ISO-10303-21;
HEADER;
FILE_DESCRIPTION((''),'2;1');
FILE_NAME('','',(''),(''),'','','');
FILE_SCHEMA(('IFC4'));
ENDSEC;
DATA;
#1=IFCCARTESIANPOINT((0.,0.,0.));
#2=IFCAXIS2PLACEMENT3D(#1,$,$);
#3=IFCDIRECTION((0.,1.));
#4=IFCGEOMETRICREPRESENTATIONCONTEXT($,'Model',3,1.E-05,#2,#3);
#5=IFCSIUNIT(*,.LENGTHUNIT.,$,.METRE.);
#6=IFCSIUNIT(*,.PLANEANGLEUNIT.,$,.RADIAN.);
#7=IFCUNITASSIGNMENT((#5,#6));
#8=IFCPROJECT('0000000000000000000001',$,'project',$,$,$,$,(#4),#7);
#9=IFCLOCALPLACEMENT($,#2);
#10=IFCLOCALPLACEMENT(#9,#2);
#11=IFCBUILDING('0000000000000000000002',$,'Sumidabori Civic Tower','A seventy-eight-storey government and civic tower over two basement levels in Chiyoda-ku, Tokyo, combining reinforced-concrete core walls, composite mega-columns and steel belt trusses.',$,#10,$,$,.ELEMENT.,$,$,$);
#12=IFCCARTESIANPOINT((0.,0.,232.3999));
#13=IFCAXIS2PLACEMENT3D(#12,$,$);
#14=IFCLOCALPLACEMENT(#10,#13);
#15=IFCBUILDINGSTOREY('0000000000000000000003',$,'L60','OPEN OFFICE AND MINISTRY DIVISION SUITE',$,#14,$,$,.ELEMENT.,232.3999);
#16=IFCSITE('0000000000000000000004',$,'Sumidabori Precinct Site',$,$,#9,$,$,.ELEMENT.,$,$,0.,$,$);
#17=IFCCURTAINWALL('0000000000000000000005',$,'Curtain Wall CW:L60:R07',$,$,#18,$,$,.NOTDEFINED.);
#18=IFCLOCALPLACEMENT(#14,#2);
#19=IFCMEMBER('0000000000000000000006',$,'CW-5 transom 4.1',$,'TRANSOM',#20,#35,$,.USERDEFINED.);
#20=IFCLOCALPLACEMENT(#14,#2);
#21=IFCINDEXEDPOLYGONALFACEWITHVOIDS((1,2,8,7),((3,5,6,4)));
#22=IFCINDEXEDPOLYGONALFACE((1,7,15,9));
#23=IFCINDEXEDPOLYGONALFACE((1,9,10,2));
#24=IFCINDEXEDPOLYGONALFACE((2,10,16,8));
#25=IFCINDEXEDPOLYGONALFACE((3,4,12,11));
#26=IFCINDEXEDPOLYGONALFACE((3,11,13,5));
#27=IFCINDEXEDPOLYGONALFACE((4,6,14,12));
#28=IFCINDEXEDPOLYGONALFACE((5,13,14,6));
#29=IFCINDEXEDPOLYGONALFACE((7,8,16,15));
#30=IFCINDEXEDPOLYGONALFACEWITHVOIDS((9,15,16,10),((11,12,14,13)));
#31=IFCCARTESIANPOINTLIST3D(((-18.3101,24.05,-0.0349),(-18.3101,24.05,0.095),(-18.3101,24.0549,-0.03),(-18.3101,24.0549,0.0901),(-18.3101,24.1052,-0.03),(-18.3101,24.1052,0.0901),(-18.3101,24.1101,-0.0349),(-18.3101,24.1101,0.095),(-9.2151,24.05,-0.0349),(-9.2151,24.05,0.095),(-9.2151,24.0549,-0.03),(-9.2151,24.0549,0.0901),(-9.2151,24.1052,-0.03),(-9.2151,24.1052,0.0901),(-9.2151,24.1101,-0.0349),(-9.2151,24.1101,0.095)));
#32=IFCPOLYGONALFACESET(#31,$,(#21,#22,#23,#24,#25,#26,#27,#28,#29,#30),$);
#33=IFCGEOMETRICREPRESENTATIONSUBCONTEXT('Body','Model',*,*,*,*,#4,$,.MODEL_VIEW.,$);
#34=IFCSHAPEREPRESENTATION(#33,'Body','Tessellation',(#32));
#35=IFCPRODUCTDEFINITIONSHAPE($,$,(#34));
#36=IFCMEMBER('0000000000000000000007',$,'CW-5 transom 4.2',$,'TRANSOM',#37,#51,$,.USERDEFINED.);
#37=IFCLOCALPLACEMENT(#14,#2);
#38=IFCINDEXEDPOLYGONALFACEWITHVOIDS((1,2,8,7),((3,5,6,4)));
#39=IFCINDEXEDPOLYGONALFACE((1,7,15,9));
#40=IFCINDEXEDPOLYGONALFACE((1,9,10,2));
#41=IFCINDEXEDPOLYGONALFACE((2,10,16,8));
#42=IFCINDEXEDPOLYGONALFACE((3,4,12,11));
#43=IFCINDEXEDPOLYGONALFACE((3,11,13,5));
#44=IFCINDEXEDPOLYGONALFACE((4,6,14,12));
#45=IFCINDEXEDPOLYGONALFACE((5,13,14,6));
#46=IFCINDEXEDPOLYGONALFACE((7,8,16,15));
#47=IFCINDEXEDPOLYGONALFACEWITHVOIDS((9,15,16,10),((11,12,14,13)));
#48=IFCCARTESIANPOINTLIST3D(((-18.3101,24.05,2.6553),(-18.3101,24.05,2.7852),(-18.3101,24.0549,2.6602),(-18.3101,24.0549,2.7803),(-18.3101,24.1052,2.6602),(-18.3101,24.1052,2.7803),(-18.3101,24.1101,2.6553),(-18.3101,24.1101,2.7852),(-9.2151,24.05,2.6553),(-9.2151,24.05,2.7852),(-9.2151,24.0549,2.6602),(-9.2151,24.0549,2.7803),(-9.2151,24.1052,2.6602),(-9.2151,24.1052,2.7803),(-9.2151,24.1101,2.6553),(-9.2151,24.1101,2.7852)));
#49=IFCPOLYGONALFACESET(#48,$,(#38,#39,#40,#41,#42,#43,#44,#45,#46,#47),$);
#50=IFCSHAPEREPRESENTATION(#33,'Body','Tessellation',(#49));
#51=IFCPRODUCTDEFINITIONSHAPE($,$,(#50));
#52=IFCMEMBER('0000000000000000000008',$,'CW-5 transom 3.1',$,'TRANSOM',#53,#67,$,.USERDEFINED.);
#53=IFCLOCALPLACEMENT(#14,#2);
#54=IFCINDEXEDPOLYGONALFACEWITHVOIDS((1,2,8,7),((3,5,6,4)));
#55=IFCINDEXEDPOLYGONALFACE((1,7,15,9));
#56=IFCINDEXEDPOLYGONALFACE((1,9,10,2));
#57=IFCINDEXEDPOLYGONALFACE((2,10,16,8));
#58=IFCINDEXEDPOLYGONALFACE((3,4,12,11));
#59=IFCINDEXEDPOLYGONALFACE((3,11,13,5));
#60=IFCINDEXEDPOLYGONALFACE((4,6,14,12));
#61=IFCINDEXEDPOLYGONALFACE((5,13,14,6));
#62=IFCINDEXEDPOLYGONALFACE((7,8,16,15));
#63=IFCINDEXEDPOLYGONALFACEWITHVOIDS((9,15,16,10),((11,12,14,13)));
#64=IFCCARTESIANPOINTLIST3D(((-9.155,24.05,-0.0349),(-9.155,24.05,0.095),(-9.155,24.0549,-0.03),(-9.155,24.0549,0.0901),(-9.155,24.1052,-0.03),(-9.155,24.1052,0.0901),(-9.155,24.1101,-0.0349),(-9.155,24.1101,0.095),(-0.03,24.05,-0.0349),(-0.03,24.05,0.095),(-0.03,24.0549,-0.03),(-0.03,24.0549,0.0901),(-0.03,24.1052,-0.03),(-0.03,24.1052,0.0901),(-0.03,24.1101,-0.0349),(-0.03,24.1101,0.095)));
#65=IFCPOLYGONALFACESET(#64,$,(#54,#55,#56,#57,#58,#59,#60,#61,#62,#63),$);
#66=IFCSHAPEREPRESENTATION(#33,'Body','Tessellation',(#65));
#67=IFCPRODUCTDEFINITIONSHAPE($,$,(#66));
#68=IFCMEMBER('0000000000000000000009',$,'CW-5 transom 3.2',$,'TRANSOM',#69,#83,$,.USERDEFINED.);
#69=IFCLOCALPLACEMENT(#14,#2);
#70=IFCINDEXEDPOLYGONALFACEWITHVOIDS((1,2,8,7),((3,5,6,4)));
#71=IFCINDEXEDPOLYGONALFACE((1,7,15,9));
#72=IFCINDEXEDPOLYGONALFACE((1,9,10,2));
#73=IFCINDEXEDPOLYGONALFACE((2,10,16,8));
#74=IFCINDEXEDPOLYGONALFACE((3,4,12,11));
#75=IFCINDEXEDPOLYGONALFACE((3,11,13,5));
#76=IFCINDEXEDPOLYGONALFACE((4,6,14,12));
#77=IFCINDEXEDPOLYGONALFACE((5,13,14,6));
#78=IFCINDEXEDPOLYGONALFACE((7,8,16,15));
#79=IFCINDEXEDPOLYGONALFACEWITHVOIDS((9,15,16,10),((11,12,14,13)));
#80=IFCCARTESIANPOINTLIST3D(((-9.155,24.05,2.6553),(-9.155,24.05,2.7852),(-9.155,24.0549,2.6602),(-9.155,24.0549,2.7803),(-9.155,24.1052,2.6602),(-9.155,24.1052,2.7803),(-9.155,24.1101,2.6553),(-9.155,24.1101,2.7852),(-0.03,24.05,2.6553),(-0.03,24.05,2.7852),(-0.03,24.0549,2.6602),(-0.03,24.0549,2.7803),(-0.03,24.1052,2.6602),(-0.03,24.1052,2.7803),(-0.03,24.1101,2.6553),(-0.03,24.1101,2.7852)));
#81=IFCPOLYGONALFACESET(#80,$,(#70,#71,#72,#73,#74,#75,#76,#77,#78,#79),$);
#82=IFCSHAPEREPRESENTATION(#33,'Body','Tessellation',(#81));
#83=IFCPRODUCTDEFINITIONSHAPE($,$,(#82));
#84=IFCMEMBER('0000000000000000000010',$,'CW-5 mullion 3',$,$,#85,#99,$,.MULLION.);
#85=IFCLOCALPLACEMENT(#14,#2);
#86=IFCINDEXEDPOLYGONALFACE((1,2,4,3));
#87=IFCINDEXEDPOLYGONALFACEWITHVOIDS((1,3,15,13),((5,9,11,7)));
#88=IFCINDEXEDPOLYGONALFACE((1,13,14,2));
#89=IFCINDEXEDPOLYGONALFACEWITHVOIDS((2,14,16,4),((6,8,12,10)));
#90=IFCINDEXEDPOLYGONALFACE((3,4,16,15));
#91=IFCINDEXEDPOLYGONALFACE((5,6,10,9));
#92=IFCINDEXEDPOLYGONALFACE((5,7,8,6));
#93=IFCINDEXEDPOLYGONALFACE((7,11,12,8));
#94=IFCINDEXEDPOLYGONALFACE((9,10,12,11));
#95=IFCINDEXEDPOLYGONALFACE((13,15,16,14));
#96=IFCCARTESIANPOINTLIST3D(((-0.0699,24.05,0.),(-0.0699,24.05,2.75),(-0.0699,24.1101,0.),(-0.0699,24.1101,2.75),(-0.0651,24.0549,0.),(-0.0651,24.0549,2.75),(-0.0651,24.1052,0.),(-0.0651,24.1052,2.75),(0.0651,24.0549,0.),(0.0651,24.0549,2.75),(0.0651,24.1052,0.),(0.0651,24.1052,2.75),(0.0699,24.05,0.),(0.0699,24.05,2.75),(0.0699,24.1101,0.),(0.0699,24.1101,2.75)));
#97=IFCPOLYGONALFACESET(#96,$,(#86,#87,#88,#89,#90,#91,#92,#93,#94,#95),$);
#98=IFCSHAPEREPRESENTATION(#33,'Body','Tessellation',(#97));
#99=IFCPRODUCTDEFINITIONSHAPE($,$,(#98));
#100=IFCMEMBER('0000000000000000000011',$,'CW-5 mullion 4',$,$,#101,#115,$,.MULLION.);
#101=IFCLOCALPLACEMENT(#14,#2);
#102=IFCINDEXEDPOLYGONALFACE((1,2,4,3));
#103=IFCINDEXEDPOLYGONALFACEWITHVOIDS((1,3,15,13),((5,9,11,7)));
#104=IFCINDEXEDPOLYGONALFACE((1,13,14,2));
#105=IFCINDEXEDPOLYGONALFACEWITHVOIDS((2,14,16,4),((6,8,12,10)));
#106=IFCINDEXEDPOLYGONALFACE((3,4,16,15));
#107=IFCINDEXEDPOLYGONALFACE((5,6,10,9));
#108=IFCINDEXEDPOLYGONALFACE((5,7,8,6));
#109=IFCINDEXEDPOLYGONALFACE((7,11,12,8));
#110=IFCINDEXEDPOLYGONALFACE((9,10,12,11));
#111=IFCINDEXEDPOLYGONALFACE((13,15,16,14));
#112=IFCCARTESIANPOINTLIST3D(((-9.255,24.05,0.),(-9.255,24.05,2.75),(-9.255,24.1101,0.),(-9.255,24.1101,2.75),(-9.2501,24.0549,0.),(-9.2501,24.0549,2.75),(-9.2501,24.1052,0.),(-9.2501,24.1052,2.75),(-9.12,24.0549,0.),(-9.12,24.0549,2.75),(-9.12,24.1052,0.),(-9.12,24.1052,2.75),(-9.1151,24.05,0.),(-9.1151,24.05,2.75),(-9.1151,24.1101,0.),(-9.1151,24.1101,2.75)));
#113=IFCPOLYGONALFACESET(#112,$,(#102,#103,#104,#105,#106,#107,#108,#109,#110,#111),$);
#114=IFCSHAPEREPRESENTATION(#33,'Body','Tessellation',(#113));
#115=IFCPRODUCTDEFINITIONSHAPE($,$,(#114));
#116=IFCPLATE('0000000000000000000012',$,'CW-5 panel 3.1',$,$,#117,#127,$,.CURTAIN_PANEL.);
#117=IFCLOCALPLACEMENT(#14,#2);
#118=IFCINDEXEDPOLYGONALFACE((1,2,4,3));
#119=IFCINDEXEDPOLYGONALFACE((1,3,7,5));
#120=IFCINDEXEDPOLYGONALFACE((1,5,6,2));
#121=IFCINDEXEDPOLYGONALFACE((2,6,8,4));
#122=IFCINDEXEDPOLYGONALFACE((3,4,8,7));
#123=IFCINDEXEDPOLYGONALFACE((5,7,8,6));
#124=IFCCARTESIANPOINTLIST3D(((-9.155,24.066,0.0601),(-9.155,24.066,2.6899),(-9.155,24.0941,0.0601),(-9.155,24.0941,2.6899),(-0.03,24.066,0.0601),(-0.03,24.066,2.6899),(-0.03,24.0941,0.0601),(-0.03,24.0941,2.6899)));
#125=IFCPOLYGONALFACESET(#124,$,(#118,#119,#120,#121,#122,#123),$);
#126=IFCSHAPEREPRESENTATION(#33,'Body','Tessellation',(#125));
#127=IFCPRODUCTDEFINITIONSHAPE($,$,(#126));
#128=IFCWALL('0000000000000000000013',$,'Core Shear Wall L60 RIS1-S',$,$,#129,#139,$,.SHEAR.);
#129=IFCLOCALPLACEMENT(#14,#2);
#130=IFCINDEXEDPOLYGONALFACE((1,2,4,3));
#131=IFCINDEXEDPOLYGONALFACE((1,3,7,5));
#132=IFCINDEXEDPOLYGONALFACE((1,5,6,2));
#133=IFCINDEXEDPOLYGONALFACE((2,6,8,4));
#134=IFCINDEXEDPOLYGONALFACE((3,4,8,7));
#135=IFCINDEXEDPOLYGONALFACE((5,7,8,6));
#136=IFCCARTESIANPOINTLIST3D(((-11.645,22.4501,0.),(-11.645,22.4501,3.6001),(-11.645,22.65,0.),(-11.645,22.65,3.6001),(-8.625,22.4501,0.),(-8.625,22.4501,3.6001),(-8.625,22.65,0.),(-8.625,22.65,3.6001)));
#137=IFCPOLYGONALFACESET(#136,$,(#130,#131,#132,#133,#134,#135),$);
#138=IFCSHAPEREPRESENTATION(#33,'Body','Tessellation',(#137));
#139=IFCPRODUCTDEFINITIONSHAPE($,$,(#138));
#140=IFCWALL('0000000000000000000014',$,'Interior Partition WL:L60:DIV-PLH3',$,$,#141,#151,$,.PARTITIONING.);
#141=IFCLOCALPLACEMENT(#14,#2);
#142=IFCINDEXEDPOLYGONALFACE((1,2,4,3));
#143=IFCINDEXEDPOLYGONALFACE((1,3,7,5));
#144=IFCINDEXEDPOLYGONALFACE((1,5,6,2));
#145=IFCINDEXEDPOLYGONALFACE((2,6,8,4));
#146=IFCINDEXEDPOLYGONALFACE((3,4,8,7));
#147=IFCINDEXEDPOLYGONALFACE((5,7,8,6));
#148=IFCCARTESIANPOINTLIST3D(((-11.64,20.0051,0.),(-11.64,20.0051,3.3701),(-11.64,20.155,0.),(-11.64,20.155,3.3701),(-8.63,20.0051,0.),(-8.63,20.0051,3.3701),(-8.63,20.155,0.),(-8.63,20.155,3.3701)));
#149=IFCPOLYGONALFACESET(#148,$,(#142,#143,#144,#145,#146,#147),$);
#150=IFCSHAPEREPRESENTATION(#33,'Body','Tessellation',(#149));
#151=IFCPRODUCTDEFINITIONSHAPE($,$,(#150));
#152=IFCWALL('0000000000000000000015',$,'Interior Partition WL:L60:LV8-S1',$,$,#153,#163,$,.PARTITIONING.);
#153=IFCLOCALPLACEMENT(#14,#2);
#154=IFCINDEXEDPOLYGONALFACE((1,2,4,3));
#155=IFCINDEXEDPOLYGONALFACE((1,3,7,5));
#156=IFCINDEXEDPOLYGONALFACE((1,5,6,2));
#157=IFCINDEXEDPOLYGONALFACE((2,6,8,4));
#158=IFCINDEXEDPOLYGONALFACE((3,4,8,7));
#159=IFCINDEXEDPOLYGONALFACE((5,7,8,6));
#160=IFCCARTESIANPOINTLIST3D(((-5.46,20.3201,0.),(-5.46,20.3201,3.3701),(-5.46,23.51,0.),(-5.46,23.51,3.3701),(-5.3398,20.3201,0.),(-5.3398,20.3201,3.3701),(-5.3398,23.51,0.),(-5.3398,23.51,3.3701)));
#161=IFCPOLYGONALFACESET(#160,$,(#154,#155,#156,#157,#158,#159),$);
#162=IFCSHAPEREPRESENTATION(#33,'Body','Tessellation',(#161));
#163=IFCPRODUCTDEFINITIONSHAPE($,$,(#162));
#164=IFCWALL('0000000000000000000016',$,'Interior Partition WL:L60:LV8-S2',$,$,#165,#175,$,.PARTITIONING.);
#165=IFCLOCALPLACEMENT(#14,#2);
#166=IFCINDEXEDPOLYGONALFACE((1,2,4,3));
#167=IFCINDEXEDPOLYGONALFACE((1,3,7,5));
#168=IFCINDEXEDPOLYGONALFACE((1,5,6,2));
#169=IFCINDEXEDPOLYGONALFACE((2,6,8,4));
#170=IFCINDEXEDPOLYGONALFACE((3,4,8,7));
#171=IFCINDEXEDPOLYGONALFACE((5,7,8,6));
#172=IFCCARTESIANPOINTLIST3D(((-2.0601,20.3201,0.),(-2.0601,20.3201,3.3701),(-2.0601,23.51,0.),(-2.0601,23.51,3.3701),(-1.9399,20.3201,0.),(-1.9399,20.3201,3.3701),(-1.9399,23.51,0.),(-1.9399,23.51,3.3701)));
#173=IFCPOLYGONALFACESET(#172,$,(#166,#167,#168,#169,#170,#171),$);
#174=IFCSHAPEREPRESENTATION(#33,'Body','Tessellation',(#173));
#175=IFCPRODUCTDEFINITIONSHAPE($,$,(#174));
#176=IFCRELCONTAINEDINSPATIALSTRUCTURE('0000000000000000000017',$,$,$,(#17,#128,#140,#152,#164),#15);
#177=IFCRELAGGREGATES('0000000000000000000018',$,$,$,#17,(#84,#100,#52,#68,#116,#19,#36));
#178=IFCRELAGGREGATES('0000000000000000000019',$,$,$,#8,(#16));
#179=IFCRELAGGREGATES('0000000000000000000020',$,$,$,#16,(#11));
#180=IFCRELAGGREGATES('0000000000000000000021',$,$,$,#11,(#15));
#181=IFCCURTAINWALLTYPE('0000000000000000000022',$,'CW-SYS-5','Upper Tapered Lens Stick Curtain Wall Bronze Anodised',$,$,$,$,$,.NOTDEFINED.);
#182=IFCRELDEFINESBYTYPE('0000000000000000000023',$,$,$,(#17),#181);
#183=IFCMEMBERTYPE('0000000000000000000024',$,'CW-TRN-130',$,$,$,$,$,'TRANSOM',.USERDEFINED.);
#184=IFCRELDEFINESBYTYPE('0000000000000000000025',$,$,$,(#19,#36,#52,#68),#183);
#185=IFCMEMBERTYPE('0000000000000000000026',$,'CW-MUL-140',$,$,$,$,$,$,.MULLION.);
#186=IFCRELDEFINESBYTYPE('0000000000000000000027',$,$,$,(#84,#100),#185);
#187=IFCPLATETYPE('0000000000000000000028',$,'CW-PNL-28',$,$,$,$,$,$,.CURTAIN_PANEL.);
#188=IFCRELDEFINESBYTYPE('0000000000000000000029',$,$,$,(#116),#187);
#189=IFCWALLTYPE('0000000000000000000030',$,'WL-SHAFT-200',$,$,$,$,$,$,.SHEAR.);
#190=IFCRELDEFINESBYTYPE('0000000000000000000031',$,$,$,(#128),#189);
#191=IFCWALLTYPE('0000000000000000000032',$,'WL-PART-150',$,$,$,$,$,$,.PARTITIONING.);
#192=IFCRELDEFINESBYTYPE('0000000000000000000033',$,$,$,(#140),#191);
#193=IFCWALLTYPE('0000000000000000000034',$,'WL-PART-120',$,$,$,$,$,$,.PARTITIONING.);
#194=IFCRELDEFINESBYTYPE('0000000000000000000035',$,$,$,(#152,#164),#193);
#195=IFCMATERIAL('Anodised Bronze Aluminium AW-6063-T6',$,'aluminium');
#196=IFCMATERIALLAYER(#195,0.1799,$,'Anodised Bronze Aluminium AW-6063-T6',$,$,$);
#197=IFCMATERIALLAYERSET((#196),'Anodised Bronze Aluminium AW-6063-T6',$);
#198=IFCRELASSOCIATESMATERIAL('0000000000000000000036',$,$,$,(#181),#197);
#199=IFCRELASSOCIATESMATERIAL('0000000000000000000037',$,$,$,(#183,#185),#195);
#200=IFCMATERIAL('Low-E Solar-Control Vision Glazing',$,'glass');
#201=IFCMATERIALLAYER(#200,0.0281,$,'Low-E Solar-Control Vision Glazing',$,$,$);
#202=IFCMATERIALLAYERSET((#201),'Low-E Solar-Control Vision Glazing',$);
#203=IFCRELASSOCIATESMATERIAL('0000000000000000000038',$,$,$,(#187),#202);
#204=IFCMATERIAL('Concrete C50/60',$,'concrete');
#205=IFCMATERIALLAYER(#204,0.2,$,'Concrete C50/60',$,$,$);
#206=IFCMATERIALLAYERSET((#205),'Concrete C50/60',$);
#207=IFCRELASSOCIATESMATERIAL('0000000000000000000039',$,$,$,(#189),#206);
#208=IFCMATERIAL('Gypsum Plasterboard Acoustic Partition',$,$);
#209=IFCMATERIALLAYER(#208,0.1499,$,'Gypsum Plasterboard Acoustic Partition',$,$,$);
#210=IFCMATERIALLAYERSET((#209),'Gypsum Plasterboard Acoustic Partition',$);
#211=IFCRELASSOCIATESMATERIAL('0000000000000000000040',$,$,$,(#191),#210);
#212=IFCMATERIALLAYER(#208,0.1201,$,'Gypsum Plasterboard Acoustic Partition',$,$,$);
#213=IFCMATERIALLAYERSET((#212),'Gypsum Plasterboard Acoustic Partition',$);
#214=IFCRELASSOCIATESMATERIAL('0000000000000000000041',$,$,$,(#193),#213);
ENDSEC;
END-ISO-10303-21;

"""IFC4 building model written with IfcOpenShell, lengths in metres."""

from ifc_helpers import new_model, si_unit, direction, frame, frame_2d, origin, origin_2d, place, context, subcontext, project, spatial, rectangle, hollow_rectangle, extrude, source, transform, mapped, material, layer, layer_set, material_profile, profile_set, type_object, element, aggregate, save


model = new_model("IFC4")

# Units and contexts
model_context = context("Model", 3, precision=1e-05, world=origin(), true_north=direction((0.0, 1.0)))
body_context = subcontext(model_context, "Body", "Model", "MODEL_VIEW")
ifc_project = project(units=[si_unit("LENGTHUNIT", "METRE"), si_unit("PLANEANGLEUNIT", "RADIAN")], contexts=[model_context])

# Site, building, storey
site_placement = place(None, origin())
site = spatial("IfcSite", under=ifc_project, at=site_placement, Name="Sumidabori Precinct Site", CompositionType="ELEMENT", RefElevation=0.0)
building_placement = place(site_placement, origin())
building = spatial("IfcBuilding", under=site, at=building_placement, Name="Sumidabori Civic Tower", Description="A seventy-eight-storey government and civic tower over two basement levels in Chiyoda-ku, Tokyo, combining reinforced-concrete core walls, composite mega-columns and steel belt trusses.", CompositionType="ELEMENT")
storey_placement = place(building_placement, frame((0.0, 0.0, 232.3999)))
storey = spatial("IfcBuildingStorey", under=building, at=storey_placement, Name="L60", Description="OPEN OFFICE AND MINISTRY DIVISION SUITE", CompositionType="ELEMENT", Elevation=232.3999)

# Curtain wall, members, plate
ifc_material_1 = material(Name="Anodised Bronze Aluminium AW-6063-T6", Category="aluminium")
ifc_layer_1 = layer(ifc_material_1, 0.1799, Name="Anodised Bronze Aluminium AW-6063-T6")
ifc_layer_set_1 = layer_set([ifc_layer_1], Name="Anodised Bronze Aluminium AW-6063-T6")
curtain_wall_type = type_object("IfcCurtainWallType", Name="CW-SYS-5", Description="Upper Tapered Lens Stick Curtain Wall Bronze Anodised", PredefinedType="NOTDEFINED", material=ifc_layer_set_1)
curtain_wall_placement = place(storey_placement, origin())
curtain_wall = element("IfcCurtainWall", 1, at=curtain_wall_placement, inside=storey, type_object=curtain_wall_type, Name="Curtain Wall CW:L60:R07", PredefinedType="NOTDEFINED")
ifc_material_profile_1 = material_profile(ifc_material_1, hollow_rectangle(XDim=0.0601, YDim=0.1299, WallThickness=0.0049, at=origin_2d()), Name="ALU TRANSOM 130x60")
ifc_profile_set_1 = profile_set([ifc_material_profile_1], Name="Anodised Bronze Aluminium AW-6063-T6")
member_type_1 = type_object("IfcMemberType", Name="CW-TRN-130", ElementType="TRANSOM", PredefinedType="USERDEFINED", material=ifc_profile_set_1)
shared_shape_1 = source(origin(), body_context, "Body", "SweptSolid", [
    extrude(hollow_rectangle(XDim=0.0601, YDim=0.1299, WallThickness=0.0049, at=origin_2d()), origin(), (0.0, 0.0, 1.0), 9.095),
])
member_1_placement = place(storey_placement, frame((-9.2151, 24.0801, 0.03), z_axis=(-1.0, 0.0, 0.0), x_axis=(0.0, -1.0, 0.0)))
member_1 = element("IfcMember", 2, at=member_1_placement, type_object=member_type_1, Name="CW-5 transom 4.1", ObjectType="TRANSOM", PredefinedType="USERDEFINED", context=body_context, shape_type="MappedRepresentation", body=[
    mapped(shared_shape_1, transform((0.0, 0.0, 0.0), x_axis=(1.0, 0.0, 0.0), y_axis=(0.0, 1.0, 0.0), z_axis=(0.0, 0.0, 1.0), scale=1.0)),
])
member_2_placement = place(storey_placement, frame((-9.2151, 24.0801, 2.7202), z_axis=(-1.0, 0.0, 0.0), x_axis=(0.0, -1.0, 0.0)))
member_2 = element("IfcMember", 3, at=member_2_placement, type_object=member_type_1, Name="CW-5 transom 4.2", ObjectType="TRANSOM", PredefinedType="USERDEFINED", context=body_context, shape_type="MappedRepresentation", body=[
    mapped(shared_shape_1, transform((0.0, 0.0, 0.0), x_axis=(1.0, 0.0, 0.0), y_axis=(0.0, 1.0, 0.0), z_axis=(0.0, 0.0, 1.0), scale=1.0)),
])
shared_shape_2 = source(origin(), body_context, "Body", "SweptSolid", [
    extrude(hollow_rectangle(XDim=0.0601, YDim=0.1299, WallThickness=0.0049, at=origin_2d()), origin(), (0.0, 0.0, 1.0), 9.125),
])
member_3_placement = place(storey_placement, frame((-0.03, 24.0801, 0.03), z_axis=(-1.0, 0.0, 0.0), x_axis=(0.0, -1.0, 0.0)))
member_3 = element("IfcMember", 4, at=member_3_placement, type_object=member_type_1, Name="CW-5 transom 3.1", ObjectType="TRANSOM", PredefinedType="USERDEFINED", context=body_context, shape_type="MappedRepresentation", body=[
    mapped(shared_shape_2, transform((0.0, 0.0, 0.0), x_axis=(1.0, 0.0, 0.0), y_axis=(0.0, 1.0, 0.0), z_axis=(0.0, 0.0, 1.0), scale=1.0)),
])
member_4_placement = place(storey_placement, frame((-0.03, 24.0801, 2.7202), z_axis=(-1.0, 0.0, 0.0), x_axis=(0.0, -1.0, 0.0)))
member_4 = element("IfcMember", 5, at=member_4_placement, type_object=member_type_1, Name="CW-5 transom 3.2", ObjectType="TRANSOM", PredefinedType="USERDEFINED", context=body_context, shape_type="MappedRepresentation", body=[
    mapped(shared_shape_2, transform((0.0, 0.0, 0.0), x_axis=(1.0, 0.0, 0.0), y_axis=(0.0, 1.0, 0.0), z_axis=(0.0, 0.0, 1.0), scale=1.0)),
])
ifc_material_profile_2 = material_profile(ifc_material_1, hollow_rectangle(XDim=0.0601, YDim=0.1399, WallThickness=0.0049, at=origin_2d()), Name="ALU MULLION 140x60")
ifc_profile_set_2 = profile_set([ifc_material_profile_2], Name="Anodised Bronze Aluminium AW-6063-T6")
member_type_2 = type_object("IfcMemberType", Name="CW-MUL-140", PredefinedType="MULLION", material=ifc_profile_set_2)
shared_shape_3 = source(origin(), body_context, "Body", "SweptSolid", [
    extrude(hollow_rectangle(XDim=0.0601, YDim=0.1399, WallThickness=0.0049, at=origin_2d()), origin(), (0.0, 0.0, 1.0), 2.75),
])
member_5_placement = place(storey_placement, frame((0.0, 24.0801, 0.0), z_axis=(0.0, 0.0, 1.0), x_axis=(0.0, -1.0, 0.0)))
member_5 = element("IfcMember", 6, at=member_5_placement, type_object=member_type_2, Name="CW-5 mullion 3", PredefinedType="MULLION", context=body_context, shape_type="MappedRepresentation", body=[
    mapped(shared_shape_3, transform((0.0, 0.0, 0.0), x_axis=(1.0, 0.0, 0.0), y_axis=(0.0, 1.0, 0.0), z_axis=(0.0, 0.0, 1.0), scale=1.0)),
])
member_6_placement = place(storey_placement, frame((-9.1851, 24.0801, 0.0), z_axis=(0.0, 0.0, 1.0), x_axis=(0.0, -1.0, 0.0)))
member_6 = element("IfcMember", 7, at=member_6_placement, type_object=member_type_2, Name="CW-5 mullion 4", PredefinedType="MULLION", context=body_context, shape_type="MappedRepresentation", body=[
    mapped(shared_shape_3, transform((0.0, 0.0, 0.0), x_axis=(1.0, 0.0, 0.0), y_axis=(0.0, 1.0, 0.0), z_axis=(0.0, 0.0, 1.0), scale=1.0)),
])
ifc_material_2 = material(Name="Low-E Solar-Control Vision Glazing", Category="glass")
ifc_layer_2 = layer(ifc_material_2, 0.0281, Name="Low-E Solar-Control Vision Glazing")
ifc_layer_set_2 = layer_set([ifc_layer_2], Name="Low-E Solar-Control Vision Glazing")
plate_type = type_object("IfcPlateType", Name="CW-PNL-28", PredefinedType="CURTAIN_PANEL", material=ifc_layer_set_2)
shared_shape_4 = source(origin(), body_context, "Body", "SweptSolid", [
    extrude(rectangle(XDim=9.125, YDim=0.0281, at=origin_2d()), origin(), (0.0, 0.0, 1.0), 2.6299),
])
plate_placement = place(storey_placement, frame((-4.5925, 24.0801, 0.0601), z_axis=(0.0, 0.0, 1.0), x_axis=(-1.0, 0.0, 0.0)))
plate = element("IfcPlate", 8, at=plate_placement, type_object=plate_type, Name="CW-5 panel 3.1", PredefinedType="CURTAIN_PANEL", context=body_context, shape_type="MappedRepresentation", body=[
    mapped(shared_shape_4, transform((0.0, 0.0, 0.0), x_axis=(1.0, 0.0, 0.0), y_axis=(0.0, 1.0, 0.0), z_axis=(0.0, 0.0, 1.0), scale=1.0)),
])
aggregate(curtain_wall, [member_5, member_6, member_3, member_4, plate, member_1, member_2])

# Walls
ifc_material_3 = material(Name="Concrete C50/60", Category="concrete")
ifc_layer_3 = layer(ifc_material_3, 0.2, Name="Concrete C50/60")
ifc_layer_set_3 = layer_set([ifc_layer_3], Name="Concrete C50/60")
wall_type_1 = type_object("IfcWallType", Name="WL-SHAFT-200", PredefinedType="SHEAR", material=ifc_layer_set_3)
shared_shape_5 = source(origin(), body_context, "Body", "SweptSolid", [
    extrude(rectangle(XDim=3.02, YDim=0.2, at=frame_2d((1.51, 0.0))), origin(), (0.0, 0.0, 1.0), 3.6001),
])
wall_1_placement = place(storey_placement, frame((-11.645, 22.55, 0.0), z_axis=(0.0, 0.0, 1.0), x_axis=(1.0, 0.0, 0.0)))
element("IfcWall", 9, at=wall_1_placement, inside=storey, type_object=wall_type_1, Name="Core Shear Wall L60 RIS1-S", PredefinedType="SHEAR", context=body_context, shape_type="MappedRepresentation", body=[
    mapped(shared_shape_5, transform((0.0, 0.0, 0.0), x_axis=(1.0, 0.0, 0.0), y_axis=(0.0, 1.0, 0.0), z_axis=(0.0, 0.0, 1.0), scale=1.0)),
])
ifc_material_4 = material(Name="Gypsum Plasterboard Acoustic Partition")
ifc_layer_4 = layer(ifc_material_4, 0.1499, Name="Gypsum Plasterboard Acoustic Partition")
ifc_layer_set_4 = layer_set([ifc_layer_4], Name="Gypsum Plasterboard Acoustic Partition")
wall_type_2 = type_object("IfcWallType", Name="WL-PART-150", PredefinedType="PARTITIONING", material=ifc_layer_set_4)
shared_shape_6 = source(origin(), body_context, "Body", "SweptSolid", [
    extrude(rectangle(XDim=3.01, YDim=0.1499, at=frame_2d((1.5049, 0.0))), origin(), (0.0, 0.0, 1.0), 3.3701),
])
wall_2_placement = place(storey_placement, frame((-11.6399, 20.0801, 0.0), z_axis=(0.0, 0.0, 1.0), x_axis=(1.0, 0.0, 0.0)))
element("IfcWall", 10, at=wall_2_placement, inside=storey, type_object=wall_type_2, Name="Interior Partition WL:L60:DIV-PLH3", PredefinedType="PARTITIONING", context=body_context, shape_type="MappedRepresentation", body=[
    mapped(shared_shape_6, transform((0.0, 0.0, 0.0), x_axis=(1.0, 0.0, 0.0), y_axis=(0.0, 1.0, 0.0), z_axis=(0.0, 0.0, 1.0), scale=1.0)),
])

# Walls
ifc_layer_5 = layer(ifc_material_4, 0.1201, Name="Gypsum Plasterboard Acoustic Partition")
ifc_layer_set_5 = layer_set([ifc_layer_5], Name="Gypsum Plasterboard Acoustic Partition")
wall_type_3 = type_object("IfcWallType", Name="WL-PART-120", PredefinedType="PARTITIONING", material=ifc_layer_set_5)
shared_shape_7 = source(origin(), body_context, "Body", "SweptSolid", [
    extrude(rectangle(XDim=3.1899, YDim=0.1201, at=frame_2d((1.595, 0.0))), origin(), (0.0, 0.0, 1.0), 3.3701),
])
for number, where, z_axis, x_axis, name in (
    (11, (-5.3999, 20.3201, 0.0), (0.0, 0.0, 1.0), (0.0, 1.0, 0.0), "Interior Partition WL:L60:LV8-S1"),
    (12, (-2.0, 20.3201, 0.0), (0.0, 0.0, 1.0), (0.0, 1.0, 0.0), "Interior Partition WL:L60:LV8-S2"),
):
    element("IfcWall", number, at=place(storey_placement, frame(where, z_axis=z_axis, x_axis=x_axis)), inside=storey, type_object=wall_type_3, Name=name, PredefinedType="PARTITIONING", context=body_context, shape_type="MappedRepresentation", body=[
        mapped(shared_shape_7, transform((0.0, 0.0, 0.0), x_axis=(1.0, 0.0, 0.0), y_axis=(0.0, 1.0, 0.0), z_axis=(0.0, 0.0, 1.0), scale=1.0)),
    ])

save(model, "model.ifc")
